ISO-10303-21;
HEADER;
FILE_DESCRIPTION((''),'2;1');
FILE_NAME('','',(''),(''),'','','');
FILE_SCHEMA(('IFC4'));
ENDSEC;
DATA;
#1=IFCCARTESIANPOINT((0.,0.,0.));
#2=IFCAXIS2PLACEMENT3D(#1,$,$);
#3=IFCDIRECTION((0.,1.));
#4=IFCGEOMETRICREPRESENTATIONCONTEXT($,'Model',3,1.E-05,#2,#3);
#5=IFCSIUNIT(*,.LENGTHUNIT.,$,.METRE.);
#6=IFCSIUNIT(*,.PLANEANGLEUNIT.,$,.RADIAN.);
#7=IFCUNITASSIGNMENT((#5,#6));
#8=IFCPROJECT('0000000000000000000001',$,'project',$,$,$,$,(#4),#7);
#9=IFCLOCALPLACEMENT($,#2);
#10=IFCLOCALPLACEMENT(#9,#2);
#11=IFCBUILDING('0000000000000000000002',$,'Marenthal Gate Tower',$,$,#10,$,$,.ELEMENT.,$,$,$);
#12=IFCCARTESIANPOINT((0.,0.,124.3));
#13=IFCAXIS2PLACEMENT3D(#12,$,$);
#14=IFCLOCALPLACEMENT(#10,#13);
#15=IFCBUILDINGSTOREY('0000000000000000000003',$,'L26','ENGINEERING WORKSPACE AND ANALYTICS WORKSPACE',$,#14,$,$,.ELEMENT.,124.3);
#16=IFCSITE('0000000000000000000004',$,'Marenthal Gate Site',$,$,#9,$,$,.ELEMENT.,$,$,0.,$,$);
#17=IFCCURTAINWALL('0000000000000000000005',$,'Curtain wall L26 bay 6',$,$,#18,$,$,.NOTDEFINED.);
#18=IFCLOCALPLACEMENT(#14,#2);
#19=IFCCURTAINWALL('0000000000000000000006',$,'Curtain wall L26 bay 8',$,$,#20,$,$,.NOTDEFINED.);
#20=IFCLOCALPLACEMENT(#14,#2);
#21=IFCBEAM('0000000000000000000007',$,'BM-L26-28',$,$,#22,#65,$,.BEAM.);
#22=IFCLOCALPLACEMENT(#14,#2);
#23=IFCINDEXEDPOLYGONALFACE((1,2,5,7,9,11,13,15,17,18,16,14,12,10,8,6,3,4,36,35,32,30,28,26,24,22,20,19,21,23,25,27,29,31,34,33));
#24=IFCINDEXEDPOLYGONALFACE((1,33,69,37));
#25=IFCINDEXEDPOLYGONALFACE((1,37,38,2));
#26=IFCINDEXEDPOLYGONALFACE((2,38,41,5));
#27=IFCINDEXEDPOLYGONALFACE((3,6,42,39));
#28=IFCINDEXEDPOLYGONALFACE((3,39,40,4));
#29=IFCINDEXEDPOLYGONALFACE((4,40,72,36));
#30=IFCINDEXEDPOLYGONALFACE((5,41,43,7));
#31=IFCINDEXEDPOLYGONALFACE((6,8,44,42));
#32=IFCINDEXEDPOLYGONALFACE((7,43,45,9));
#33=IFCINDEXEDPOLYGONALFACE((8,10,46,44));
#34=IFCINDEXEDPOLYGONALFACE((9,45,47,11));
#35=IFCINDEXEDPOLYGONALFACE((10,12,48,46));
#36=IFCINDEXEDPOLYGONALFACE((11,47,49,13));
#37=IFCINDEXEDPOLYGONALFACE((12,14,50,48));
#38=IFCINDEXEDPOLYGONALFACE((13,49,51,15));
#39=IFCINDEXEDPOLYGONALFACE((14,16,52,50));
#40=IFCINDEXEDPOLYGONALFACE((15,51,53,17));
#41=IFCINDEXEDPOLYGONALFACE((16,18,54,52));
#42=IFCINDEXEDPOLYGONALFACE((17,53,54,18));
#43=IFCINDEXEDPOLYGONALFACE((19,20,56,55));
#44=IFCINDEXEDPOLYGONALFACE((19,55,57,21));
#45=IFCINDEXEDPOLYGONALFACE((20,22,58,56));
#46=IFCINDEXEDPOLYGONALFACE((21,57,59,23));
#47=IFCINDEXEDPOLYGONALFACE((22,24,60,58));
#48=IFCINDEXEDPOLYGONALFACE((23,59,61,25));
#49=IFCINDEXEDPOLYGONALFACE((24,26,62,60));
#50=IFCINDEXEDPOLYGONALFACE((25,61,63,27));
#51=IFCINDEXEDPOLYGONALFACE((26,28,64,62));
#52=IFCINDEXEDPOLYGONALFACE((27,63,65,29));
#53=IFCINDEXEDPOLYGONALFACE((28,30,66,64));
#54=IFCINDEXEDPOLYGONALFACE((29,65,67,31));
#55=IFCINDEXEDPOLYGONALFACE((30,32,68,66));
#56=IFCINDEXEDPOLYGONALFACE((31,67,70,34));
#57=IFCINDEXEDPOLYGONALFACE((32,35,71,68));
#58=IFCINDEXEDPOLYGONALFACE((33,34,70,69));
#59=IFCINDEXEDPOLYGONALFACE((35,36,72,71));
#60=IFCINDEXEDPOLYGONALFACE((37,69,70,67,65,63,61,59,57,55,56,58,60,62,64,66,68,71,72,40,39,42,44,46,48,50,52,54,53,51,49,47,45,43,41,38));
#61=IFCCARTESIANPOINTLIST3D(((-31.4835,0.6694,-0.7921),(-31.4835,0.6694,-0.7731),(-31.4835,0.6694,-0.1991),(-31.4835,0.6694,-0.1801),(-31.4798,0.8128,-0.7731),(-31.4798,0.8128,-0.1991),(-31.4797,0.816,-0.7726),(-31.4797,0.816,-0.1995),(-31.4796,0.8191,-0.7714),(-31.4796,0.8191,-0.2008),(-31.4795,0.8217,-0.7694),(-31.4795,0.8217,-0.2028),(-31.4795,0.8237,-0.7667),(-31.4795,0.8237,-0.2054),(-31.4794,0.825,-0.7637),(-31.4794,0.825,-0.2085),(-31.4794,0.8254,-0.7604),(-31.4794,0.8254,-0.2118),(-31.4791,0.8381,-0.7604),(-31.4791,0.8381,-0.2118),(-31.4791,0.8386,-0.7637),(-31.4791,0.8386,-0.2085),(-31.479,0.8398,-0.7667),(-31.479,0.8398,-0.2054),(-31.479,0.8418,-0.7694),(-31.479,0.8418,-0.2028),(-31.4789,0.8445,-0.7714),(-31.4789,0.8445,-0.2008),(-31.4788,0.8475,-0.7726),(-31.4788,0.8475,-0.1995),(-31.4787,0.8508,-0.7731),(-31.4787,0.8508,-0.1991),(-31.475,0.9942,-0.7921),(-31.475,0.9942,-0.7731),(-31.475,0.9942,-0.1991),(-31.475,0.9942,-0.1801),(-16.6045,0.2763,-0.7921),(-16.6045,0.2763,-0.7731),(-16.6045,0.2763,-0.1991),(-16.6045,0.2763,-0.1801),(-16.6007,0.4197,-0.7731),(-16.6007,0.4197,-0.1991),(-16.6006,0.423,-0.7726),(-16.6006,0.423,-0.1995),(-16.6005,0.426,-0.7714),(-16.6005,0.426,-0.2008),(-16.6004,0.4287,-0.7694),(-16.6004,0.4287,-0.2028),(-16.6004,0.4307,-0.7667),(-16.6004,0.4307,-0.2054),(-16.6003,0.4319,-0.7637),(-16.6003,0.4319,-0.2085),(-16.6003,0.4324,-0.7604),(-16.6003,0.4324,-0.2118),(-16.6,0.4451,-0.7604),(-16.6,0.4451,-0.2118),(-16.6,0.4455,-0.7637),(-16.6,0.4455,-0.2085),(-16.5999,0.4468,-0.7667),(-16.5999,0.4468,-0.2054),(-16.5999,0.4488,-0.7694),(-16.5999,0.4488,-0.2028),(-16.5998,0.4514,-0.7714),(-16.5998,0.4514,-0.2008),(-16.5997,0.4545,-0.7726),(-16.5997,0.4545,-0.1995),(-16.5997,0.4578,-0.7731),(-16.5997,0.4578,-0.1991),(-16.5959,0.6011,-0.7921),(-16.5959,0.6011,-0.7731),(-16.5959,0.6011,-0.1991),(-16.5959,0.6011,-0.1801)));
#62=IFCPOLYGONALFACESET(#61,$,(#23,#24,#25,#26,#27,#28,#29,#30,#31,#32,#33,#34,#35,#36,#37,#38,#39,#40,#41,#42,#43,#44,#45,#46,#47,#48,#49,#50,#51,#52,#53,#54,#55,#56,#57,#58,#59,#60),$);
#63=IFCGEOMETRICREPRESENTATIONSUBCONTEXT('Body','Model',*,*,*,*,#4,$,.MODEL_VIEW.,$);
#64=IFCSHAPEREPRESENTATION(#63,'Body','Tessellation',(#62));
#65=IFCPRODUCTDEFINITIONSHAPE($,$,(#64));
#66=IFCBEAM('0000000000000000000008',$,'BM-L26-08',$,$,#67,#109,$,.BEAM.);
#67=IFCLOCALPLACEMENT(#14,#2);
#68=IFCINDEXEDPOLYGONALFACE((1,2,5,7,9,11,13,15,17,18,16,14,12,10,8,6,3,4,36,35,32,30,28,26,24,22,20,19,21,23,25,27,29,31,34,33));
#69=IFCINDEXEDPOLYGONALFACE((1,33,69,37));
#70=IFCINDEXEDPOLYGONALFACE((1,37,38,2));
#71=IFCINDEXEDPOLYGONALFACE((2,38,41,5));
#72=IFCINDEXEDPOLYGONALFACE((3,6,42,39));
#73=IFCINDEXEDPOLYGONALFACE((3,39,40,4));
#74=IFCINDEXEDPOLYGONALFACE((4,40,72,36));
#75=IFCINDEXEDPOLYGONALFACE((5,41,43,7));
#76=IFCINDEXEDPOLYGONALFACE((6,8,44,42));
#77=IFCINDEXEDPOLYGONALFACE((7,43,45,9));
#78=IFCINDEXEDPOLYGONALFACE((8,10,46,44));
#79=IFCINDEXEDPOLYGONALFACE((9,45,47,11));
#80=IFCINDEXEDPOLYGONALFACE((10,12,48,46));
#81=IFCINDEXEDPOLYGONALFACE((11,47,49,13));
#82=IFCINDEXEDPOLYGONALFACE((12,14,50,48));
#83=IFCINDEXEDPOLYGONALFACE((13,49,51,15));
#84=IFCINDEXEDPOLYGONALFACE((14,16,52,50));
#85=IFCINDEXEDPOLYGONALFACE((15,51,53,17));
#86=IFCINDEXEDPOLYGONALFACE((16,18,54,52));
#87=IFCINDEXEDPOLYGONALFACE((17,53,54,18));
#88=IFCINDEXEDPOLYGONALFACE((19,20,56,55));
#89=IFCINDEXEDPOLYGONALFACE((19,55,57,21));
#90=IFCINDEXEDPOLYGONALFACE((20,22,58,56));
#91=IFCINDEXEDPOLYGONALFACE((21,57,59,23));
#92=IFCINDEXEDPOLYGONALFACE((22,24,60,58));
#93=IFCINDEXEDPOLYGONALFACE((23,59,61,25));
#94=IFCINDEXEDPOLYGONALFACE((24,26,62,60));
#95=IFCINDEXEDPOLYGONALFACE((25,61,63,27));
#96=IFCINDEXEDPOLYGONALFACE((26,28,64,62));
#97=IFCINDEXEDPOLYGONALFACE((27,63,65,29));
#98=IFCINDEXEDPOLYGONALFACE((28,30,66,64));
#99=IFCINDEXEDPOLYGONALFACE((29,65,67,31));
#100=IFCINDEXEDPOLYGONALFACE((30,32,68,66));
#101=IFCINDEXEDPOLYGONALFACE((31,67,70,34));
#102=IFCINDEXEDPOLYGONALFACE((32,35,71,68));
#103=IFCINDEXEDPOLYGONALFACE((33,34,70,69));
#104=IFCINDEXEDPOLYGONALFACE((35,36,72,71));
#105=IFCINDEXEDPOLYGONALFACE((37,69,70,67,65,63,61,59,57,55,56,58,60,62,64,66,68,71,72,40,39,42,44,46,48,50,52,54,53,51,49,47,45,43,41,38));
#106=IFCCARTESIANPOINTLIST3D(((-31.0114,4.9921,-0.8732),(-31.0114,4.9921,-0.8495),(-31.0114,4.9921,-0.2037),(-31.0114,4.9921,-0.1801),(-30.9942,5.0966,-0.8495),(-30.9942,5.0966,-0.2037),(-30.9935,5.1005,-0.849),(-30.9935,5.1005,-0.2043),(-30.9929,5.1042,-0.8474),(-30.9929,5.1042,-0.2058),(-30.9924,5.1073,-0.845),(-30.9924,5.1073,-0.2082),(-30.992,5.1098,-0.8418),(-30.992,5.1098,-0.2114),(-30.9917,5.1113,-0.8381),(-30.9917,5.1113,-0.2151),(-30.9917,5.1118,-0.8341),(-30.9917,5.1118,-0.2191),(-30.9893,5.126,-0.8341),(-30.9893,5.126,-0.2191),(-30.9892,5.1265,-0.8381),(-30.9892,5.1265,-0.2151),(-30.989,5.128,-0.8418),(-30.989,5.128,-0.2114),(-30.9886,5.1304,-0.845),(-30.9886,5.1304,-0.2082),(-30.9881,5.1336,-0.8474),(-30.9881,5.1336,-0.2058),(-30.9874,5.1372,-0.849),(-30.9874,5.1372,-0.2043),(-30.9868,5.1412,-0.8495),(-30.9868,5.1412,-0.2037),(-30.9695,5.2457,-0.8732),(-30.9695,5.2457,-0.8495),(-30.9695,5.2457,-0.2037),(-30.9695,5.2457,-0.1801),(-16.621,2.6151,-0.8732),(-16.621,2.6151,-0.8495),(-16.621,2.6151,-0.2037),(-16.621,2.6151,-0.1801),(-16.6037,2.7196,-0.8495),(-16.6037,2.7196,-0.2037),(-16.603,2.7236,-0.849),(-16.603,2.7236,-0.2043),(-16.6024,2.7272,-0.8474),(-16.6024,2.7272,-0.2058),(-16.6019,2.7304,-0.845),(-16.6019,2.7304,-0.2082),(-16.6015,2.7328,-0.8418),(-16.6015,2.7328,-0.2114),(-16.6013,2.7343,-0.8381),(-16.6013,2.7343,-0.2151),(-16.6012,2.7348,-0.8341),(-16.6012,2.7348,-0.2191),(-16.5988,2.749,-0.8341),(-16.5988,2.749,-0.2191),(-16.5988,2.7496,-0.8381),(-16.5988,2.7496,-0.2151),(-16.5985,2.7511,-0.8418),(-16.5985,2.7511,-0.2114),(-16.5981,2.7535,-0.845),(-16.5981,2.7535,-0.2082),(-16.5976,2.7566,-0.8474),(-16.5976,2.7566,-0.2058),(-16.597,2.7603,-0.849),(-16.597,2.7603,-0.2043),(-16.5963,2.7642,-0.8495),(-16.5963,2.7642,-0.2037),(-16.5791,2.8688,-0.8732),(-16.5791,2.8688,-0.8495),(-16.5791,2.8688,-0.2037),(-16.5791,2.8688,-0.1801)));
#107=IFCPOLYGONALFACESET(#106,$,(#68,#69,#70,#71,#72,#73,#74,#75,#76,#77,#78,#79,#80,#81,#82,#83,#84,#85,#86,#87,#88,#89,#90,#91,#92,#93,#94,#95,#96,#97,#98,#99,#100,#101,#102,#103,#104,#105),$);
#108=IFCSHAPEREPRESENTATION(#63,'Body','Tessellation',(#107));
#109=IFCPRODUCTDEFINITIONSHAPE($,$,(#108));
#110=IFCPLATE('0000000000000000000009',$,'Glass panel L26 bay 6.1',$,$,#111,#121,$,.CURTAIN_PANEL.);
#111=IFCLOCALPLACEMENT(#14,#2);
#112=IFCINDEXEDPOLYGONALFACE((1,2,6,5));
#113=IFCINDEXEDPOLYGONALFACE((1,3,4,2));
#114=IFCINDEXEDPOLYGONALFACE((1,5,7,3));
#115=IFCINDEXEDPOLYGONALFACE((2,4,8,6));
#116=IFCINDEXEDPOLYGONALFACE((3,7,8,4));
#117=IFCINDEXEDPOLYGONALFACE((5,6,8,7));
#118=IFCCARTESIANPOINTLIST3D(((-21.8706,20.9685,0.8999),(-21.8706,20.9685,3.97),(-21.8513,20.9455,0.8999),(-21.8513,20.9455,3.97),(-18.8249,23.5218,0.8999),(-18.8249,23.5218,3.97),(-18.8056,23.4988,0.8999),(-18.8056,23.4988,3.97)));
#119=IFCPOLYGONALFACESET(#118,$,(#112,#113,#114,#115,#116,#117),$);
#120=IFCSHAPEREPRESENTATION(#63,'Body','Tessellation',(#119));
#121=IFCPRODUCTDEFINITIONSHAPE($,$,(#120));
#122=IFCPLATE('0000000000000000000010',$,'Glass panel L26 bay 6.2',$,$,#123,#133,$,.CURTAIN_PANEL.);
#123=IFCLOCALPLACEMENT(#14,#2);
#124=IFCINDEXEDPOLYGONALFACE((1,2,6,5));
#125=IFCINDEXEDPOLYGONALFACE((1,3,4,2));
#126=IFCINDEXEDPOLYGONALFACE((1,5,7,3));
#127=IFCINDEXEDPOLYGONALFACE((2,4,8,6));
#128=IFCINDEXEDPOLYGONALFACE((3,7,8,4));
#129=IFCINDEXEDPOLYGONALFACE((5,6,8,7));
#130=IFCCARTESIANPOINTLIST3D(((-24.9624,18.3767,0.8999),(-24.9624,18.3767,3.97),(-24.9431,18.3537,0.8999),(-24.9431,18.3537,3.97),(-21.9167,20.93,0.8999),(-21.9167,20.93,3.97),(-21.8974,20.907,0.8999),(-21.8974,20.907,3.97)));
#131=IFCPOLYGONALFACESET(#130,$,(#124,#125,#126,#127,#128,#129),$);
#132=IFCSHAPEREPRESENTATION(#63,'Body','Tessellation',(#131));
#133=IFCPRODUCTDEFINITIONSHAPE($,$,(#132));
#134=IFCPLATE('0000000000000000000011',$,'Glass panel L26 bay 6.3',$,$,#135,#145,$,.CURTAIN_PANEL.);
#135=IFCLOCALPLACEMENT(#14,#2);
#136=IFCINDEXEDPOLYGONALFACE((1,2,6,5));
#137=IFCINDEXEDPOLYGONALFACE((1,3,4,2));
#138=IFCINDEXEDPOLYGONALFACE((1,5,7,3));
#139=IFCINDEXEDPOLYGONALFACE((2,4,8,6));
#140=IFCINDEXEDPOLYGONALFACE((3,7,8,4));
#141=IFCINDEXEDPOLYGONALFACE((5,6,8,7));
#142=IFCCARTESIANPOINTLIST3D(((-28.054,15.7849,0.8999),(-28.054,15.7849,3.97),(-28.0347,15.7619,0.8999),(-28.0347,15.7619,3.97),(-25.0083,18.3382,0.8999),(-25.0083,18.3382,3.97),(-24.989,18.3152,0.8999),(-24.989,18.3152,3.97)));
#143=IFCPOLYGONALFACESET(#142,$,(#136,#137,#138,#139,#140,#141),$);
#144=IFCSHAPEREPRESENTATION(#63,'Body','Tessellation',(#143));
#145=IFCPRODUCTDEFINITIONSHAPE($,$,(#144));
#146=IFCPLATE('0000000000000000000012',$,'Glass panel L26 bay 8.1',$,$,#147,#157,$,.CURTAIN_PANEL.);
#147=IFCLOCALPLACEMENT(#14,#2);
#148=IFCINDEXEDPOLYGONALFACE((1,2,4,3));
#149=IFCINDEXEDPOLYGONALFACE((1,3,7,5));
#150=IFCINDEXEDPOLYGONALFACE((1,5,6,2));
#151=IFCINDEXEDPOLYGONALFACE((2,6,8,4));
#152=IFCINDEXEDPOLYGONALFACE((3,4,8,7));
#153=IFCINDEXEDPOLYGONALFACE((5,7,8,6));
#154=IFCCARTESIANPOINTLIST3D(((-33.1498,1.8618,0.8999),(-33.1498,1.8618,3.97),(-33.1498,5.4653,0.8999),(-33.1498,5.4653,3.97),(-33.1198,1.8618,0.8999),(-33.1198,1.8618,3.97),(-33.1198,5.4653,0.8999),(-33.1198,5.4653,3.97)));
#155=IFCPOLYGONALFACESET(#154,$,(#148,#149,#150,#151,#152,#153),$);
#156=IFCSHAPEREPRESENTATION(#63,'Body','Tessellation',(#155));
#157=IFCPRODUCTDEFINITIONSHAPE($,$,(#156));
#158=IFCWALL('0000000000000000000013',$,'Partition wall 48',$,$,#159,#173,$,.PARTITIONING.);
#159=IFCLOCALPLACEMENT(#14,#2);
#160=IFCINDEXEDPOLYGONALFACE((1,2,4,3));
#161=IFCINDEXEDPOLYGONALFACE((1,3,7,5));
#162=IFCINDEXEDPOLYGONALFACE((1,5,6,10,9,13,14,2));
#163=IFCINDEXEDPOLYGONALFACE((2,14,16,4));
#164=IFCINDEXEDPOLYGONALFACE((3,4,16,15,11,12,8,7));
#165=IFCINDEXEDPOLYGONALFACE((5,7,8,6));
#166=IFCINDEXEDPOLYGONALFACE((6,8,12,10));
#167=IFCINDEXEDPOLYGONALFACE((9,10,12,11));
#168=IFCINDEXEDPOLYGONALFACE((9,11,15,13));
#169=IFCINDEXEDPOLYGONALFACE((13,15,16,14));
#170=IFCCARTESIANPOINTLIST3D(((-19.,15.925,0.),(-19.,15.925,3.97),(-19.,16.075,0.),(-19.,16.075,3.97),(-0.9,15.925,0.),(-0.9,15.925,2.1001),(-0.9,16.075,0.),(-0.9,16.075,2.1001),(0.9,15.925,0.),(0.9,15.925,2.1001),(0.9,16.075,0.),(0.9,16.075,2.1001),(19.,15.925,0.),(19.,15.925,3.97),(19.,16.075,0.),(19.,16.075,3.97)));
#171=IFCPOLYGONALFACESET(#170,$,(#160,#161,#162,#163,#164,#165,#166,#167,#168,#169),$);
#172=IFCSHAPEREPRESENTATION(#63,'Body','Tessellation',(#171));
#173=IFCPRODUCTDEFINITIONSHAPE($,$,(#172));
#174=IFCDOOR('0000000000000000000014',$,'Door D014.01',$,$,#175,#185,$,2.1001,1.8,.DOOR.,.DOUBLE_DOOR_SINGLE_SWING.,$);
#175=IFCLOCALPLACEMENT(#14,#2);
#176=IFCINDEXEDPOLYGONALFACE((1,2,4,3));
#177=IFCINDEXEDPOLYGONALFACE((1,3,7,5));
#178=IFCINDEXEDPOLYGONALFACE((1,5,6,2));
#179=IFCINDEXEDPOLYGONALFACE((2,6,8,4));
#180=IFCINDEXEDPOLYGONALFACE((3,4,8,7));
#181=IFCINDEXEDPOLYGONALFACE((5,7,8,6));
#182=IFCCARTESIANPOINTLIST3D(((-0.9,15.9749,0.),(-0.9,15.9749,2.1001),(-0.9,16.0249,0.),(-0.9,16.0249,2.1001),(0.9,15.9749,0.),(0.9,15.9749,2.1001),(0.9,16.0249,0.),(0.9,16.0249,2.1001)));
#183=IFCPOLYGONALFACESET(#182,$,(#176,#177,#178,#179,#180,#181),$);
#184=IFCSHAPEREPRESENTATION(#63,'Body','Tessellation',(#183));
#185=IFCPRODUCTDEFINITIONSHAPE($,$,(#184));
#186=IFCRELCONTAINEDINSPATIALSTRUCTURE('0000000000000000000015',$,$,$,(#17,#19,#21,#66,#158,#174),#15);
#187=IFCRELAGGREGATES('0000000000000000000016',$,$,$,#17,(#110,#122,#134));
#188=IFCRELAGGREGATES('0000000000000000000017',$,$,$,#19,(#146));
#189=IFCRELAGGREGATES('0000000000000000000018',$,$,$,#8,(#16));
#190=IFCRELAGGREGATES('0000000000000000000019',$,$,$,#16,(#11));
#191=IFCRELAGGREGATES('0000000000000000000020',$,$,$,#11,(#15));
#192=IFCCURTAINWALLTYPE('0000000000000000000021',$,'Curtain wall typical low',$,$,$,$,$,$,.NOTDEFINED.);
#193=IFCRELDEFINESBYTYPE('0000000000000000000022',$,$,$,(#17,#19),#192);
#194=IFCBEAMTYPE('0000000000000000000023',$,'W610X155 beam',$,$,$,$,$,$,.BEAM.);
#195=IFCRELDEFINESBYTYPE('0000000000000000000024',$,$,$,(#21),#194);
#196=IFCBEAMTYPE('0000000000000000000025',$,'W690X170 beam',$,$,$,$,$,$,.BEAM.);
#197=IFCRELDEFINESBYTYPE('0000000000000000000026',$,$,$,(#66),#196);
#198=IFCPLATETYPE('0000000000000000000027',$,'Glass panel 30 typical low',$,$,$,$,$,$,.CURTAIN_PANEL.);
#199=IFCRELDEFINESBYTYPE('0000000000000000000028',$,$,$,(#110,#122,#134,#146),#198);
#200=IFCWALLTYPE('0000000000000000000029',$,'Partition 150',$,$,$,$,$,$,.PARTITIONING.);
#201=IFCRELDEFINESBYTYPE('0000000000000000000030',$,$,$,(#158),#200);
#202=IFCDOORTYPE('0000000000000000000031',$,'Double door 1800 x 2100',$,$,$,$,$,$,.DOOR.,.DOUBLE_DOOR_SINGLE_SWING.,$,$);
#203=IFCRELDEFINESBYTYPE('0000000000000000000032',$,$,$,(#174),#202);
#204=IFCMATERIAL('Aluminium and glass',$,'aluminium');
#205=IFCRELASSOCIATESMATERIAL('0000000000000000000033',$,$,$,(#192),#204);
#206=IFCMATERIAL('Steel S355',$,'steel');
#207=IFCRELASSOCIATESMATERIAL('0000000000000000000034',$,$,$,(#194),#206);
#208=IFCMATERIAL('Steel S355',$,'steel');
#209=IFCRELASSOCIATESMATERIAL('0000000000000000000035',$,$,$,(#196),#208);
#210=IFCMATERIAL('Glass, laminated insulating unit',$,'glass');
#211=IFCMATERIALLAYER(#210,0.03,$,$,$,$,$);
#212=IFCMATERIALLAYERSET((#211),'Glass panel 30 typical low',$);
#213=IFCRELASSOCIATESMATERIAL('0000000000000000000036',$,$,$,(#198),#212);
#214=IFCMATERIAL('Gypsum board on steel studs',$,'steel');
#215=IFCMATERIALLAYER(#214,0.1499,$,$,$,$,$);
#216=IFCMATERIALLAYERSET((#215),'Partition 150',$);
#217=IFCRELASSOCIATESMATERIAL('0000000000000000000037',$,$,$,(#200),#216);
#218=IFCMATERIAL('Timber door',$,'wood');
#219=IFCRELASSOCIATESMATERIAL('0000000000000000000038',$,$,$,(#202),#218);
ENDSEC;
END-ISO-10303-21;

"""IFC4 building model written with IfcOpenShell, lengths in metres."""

from ifc_helpers import new_model, si_unit, direction, frame, frame_2d, origin, origin_2d, place, context, subcontext, project, spatial, rectangle, i_section, extrude, material, layer, layer_set, material_profile, profile_set, type_object, element, fill, aggregate, save


model = new_model("IFC4")

# Units and contexts
model_context = context("Model", 3, precision=1e-05, world=origin(), true_north=direction((0.0, 1.0)))
body_context = subcontext(model_context, "Body", "Model", "MODEL_VIEW")
ifc_project = project(units=[si_unit("LENGTHUNIT", "METRE"), si_unit("PLANEANGLEUNIT", "RADIAN")], contexts=[model_context])

# Site, building, storey
site_placement = place(None, origin())
site = spatial("IfcSite", under=ifc_project, at=site_placement, Name="Marenthal Gate Site", CompositionType="ELEMENT", RefElevation=0.0)
building_placement = place(site_placement, origin())
building = spatial("IfcBuilding", under=site, at=building_placement, Name="Marenthal Gate Tower", CompositionType="ELEMENT")
storey_placement = place(building_placement, frame((0.0, 0.0, 124.3)))
storey = spatial("IfcBuildingStorey", under=building, at=storey_placement, Name="L26", Description="ENGINEERING WORKSPACE AND ANALYTICS WORKSPACE", CompositionType="ELEMENT", Elevation=124.3)

# Curtain walls
ifc_material_1 = material(Name="Aluminium and glass", Category="aluminium")
curtain_wall_type = type_object("IfcCurtainWallType", Name="Curtain wall typical low", PredefinedType="NOTDEFINED", material=ifc_material_1)
curtain_wall_1_placement = place(storey_placement, origin())
curtain_wall_1 = element("IfcCurtainWall", 1, at=curtain_wall_1_placement, inside=storey, type_object=curtain_wall_type, Name="Curtain wall L26 bay 6", PredefinedType="NOTDEFINED")
curtain_wall_2_placement = place(storey_placement, origin())
curtain_wall_2 = element("IfcCurtainWall", 2, at=curtain_wall_2_placement, inside=storey, type_object=curtain_wall_type, Name="Curtain wall L26 bay 8", PredefinedType="NOTDEFINED")

# Beams
ifc_material_2 = material(Name="Steel S355", Category="steel")
ifc_material_profile_1 = material_profile(ifc_material_2, i_section(OverallWidth=0.325, OverallDepth=0.6121, WebThickness=0.0127, FlangeThickness=0.019, FilletRadius=0.0127, at=origin_2d()), Name="W610X155")
ifc_profile_set_1 = profile_set([ifc_material_profile_1], Name="Steel S355")
beam_type_1 = type_object("IfcBeamType", Name="W610X155 beam", PredefinedType="BEAM", material=ifc_profile_set_1)
beam_1_placement = place(storey_placement, frame((-31.4792, 0.8318, -0.4861), z_axis=(0.999651, -0.026408, 0.0), x_axis=(0.026408, 0.999651, 0.0)))
element("IfcBeam", 3, at=beam_1_placement, inside=storey, type_object=beam_type_1, Name="BM-L26-28", PredefinedType="BEAM", context=body_context, shape_type="SweptSolid", body=[
    extrude(i_section(OverallWidth=0.325, OverallDepth=0.6121, WebThickness=0.0127, FlangeThickness=0.019, FilletRadius=0.0127, at=origin_2d()), origin(), (0.0, 0.0, 1.0), 14.8843),
])
ifc_material_3 = material(Name="Steel S355", Category="steel")
ifc_material_profile_2 = material_profile(ifc_material_3, i_section(OverallWidth=0.2571, OverallDepth=0.6931, WebThickness=0.0144, FlangeThickness=0.0237, FilletRadius=0.0154, at=origin_2d()), Name="W690X170")
ifc_profile_set_2 = profile_set([ifc_material_profile_2], Name="Steel S355")
beam_type_2 = type_object("IfcBeamType", Name="W690X170 beam", PredefinedType="BEAM", material=ifc_profile_set_2)
beam_2_placement = place(storey_placement, frame((-30.9905, 5.1189, -0.5266), z_axis=(0.986631, -0.162968, 0.0), x_axis=(0.162968, 0.986631, 0.0)))
element("IfcBeam", 4, at=beam_2_placement, inside=storey, type_object=beam_type_2, Name="BM-L26-08", PredefinedType="BEAM", context=body_context, shape_type="SweptSolid", body=[
    extrude(i_section(OverallWidth=0.2571, OverallDepth=0.6931, WebThickness=0.0144, FlangeThickness=0.0237, FilletRadius=0.0154, at=origin_2d()), origin(), (0.0, 0.0, 1.0), 14.5854),
])

# Plates
ifc_material_4 = material(Name="Glass, laminated insulating unit", Category="glass")
ifc_layer_1 = layer(ifc_material_4, 0.03)
ifc_layer_set_1 = layer_set([ifc_layer_1], Name="Glass panel 30 typical low")
plate_type = type_object("IfcPlateType", Name="Glass panel 30 typical low", PredefinedType="CURTAIN_PANEL", material=ifc_layer_set_1)
plate_1_placement = place(storey_placement, frame((-20.3381, 22.2336, 0.8999), z_axis=(0.0, 0.0, 1.0), x_axis=(-0.766338, -0.642438, 0.0)))
plate_1 = element("IfcPlate", 5, at=plate_1_placement, type_object=plate_type, Name="Glass panel L26 bay 6.1", PredefinedType="CURTAIN_PANEL", context=body_context, shape_type="SweptSolid", body=[
    extrude(rectangle(XDim=3.9744, YDim=0.03, at=origin_2d()), origin(), (0.0, 0.0, 1.0), 3.0701),
])
plate_2_placement = place(storey_placement, frame((-23.4299, 19.6418, 0.8999), z_axis=(0.0, 0.0, 1.0), x_axis=(-0.766338, -0.642438, 0.0)))
plate_2 = element("IfcPlate", 6, at=plate_2_placement, type_object=plate_type, Name="Glass panel L26 bay 6.2", PredefinedType="CURTAIN_PANEL", context=body_context, shape_type="SweptSolid", body=[
    extrude(rectangle(XDim=3.9744, YDim=0.03, at=origin_2d()), origin(), (0.0, 0.0, 1.0), 3.0701),
])
plate_3_placement = place(storey_placement, frame((-26.5215, 17.05, 0.8999), z_axis=(0.0, 0.0, 1.0), x_axis=(-0.766338, -0.642438, 0.0)))
plate_3 = element("IfcPlate", 7, at=plate_3_placement, type_object=plate_type, Name="Glass panel L26 bay 6.3", PredefinedType="CURTAIN_PANEL", context=body_context, shape_type="SweptSolid", body=[
    extrude(rectangle(XDim=3.9744, YDim=0.03, at=origin_2d()), origin(), (0.0, 0.0, 1.0), 3.0701),
])
aggregate(curtain_wall_1, [plate_1, plate_2, plate_3])
plate_4_placement = place(storey_placement, frame((-33.1348, 3.6636, 0.8999), z_axis=(0.0, 0.0, 1.0), x_axis=(0.0, -1.0, 0.0)))
plate_4 = element("IfcPlate", 8, at=plate_4_placement, type_object=plate_type, Name="Glass panel L26 bay 8.1", PredefinedType="CURTAIN_PANEL", context=body_context, shape_type="SweptSolid", body=[
    extrude(rectangle(XDim=3.6035, YDim=0.03, at=origin_2d()), origin(), (0.0, 0.0, 1.0), 3.0701),
])
aggregate(curtain_wall_2, [plate_4])

# Wall, opening, door
ifc_material_5 = material(Name="Gypsum board on steel studs", Category="steel")
ifc_layer_2 = layer(ifc_material_5, 0.1499)
ifc_layer_set_2 = layer_set([ifc_layer_2], Name="Partition 150")
wall_type_1 = type_object("IfcWallType", Name="Partition 150", PredefinedType="PARTITIONING", material=ifc_layer_set_2)
wall_1_placement = place(storey_placement, frame((-19.0, 16.0, 0.0), z_axis=(0.0, 0.0, 1.0), x_axis=(1.0, 0.0, 0.0)))
wall_1 = element("IfcWall", 9, at=wall_1_placement, inside=storey, type_object=wall_type_1, Name="Partition wall 48", PredefinedType="PARTITIONING", context=body_context, shape_type="SweptSolid", body=[
    extrude(rectangle(XDim=38.0, YDim=0.1499, at=frame_2d((19.0, 0.0))), origin(), (0.0, 0.0, 1.0), 3.97),
])
opening_1_placement = place(wall_1_placement, frame((18.1001, 0.0, 0.0)))
opening_1 = element("IfcOpeningElement", 10, at=opening_1_placement, cuts=wall_1, PredefinedType="OPENING", context=body_context, shape_type="SweptSolid", body=[
    extrude(rectangle(XDim=1.8, YDim=2.1001, at=frame_2d((0.8999, 1.05))), frame((0.0, 0.085, 0.0), z_axis=(0.0, -1.0, 0.0), x_axis=(1.0, 0.0, 0.0)), (0.0, 0.0, 1.0), 0.1699),
])
ifc_material_6 = material(Name="Timber door", Category="wood")
door_type_1 = type_object("IfcDoorType", Name="Double door 1800 x 2100", OperationType="DOUBLE_DOOR_SINGLE_SWING", PredefinedType="DOOR", material=ifc_material_6)
door_1_placement = place(opening_1_placement, origin())
door_1 = element("IfcDoor", 11, at=door_1_placement, inside=storey, type_object=door_type_1, Name="Door D014.01", OperationType="DOUBLE_DOOR_SINGLE_SWING", OverallHeight=2.1001, OverallWidth=1.8, PredefinedType="DOOR", context=body_context, shape_type="SweptSolid", body=[
    extrude(rectangle(XDim=1.8, YDim=2.1001, at=frame_2d((0.8999, 1.05))), frame((0.0, 0.0249, 0.0), z_axis=(0.0, -1.0, 0.0), x_axis=(1.0, 0.0, 0.0)), (0.0, 0.0, 1.0), 0.05),
])
fill(opening_1, door_1)

save(model, "model.ifc")
